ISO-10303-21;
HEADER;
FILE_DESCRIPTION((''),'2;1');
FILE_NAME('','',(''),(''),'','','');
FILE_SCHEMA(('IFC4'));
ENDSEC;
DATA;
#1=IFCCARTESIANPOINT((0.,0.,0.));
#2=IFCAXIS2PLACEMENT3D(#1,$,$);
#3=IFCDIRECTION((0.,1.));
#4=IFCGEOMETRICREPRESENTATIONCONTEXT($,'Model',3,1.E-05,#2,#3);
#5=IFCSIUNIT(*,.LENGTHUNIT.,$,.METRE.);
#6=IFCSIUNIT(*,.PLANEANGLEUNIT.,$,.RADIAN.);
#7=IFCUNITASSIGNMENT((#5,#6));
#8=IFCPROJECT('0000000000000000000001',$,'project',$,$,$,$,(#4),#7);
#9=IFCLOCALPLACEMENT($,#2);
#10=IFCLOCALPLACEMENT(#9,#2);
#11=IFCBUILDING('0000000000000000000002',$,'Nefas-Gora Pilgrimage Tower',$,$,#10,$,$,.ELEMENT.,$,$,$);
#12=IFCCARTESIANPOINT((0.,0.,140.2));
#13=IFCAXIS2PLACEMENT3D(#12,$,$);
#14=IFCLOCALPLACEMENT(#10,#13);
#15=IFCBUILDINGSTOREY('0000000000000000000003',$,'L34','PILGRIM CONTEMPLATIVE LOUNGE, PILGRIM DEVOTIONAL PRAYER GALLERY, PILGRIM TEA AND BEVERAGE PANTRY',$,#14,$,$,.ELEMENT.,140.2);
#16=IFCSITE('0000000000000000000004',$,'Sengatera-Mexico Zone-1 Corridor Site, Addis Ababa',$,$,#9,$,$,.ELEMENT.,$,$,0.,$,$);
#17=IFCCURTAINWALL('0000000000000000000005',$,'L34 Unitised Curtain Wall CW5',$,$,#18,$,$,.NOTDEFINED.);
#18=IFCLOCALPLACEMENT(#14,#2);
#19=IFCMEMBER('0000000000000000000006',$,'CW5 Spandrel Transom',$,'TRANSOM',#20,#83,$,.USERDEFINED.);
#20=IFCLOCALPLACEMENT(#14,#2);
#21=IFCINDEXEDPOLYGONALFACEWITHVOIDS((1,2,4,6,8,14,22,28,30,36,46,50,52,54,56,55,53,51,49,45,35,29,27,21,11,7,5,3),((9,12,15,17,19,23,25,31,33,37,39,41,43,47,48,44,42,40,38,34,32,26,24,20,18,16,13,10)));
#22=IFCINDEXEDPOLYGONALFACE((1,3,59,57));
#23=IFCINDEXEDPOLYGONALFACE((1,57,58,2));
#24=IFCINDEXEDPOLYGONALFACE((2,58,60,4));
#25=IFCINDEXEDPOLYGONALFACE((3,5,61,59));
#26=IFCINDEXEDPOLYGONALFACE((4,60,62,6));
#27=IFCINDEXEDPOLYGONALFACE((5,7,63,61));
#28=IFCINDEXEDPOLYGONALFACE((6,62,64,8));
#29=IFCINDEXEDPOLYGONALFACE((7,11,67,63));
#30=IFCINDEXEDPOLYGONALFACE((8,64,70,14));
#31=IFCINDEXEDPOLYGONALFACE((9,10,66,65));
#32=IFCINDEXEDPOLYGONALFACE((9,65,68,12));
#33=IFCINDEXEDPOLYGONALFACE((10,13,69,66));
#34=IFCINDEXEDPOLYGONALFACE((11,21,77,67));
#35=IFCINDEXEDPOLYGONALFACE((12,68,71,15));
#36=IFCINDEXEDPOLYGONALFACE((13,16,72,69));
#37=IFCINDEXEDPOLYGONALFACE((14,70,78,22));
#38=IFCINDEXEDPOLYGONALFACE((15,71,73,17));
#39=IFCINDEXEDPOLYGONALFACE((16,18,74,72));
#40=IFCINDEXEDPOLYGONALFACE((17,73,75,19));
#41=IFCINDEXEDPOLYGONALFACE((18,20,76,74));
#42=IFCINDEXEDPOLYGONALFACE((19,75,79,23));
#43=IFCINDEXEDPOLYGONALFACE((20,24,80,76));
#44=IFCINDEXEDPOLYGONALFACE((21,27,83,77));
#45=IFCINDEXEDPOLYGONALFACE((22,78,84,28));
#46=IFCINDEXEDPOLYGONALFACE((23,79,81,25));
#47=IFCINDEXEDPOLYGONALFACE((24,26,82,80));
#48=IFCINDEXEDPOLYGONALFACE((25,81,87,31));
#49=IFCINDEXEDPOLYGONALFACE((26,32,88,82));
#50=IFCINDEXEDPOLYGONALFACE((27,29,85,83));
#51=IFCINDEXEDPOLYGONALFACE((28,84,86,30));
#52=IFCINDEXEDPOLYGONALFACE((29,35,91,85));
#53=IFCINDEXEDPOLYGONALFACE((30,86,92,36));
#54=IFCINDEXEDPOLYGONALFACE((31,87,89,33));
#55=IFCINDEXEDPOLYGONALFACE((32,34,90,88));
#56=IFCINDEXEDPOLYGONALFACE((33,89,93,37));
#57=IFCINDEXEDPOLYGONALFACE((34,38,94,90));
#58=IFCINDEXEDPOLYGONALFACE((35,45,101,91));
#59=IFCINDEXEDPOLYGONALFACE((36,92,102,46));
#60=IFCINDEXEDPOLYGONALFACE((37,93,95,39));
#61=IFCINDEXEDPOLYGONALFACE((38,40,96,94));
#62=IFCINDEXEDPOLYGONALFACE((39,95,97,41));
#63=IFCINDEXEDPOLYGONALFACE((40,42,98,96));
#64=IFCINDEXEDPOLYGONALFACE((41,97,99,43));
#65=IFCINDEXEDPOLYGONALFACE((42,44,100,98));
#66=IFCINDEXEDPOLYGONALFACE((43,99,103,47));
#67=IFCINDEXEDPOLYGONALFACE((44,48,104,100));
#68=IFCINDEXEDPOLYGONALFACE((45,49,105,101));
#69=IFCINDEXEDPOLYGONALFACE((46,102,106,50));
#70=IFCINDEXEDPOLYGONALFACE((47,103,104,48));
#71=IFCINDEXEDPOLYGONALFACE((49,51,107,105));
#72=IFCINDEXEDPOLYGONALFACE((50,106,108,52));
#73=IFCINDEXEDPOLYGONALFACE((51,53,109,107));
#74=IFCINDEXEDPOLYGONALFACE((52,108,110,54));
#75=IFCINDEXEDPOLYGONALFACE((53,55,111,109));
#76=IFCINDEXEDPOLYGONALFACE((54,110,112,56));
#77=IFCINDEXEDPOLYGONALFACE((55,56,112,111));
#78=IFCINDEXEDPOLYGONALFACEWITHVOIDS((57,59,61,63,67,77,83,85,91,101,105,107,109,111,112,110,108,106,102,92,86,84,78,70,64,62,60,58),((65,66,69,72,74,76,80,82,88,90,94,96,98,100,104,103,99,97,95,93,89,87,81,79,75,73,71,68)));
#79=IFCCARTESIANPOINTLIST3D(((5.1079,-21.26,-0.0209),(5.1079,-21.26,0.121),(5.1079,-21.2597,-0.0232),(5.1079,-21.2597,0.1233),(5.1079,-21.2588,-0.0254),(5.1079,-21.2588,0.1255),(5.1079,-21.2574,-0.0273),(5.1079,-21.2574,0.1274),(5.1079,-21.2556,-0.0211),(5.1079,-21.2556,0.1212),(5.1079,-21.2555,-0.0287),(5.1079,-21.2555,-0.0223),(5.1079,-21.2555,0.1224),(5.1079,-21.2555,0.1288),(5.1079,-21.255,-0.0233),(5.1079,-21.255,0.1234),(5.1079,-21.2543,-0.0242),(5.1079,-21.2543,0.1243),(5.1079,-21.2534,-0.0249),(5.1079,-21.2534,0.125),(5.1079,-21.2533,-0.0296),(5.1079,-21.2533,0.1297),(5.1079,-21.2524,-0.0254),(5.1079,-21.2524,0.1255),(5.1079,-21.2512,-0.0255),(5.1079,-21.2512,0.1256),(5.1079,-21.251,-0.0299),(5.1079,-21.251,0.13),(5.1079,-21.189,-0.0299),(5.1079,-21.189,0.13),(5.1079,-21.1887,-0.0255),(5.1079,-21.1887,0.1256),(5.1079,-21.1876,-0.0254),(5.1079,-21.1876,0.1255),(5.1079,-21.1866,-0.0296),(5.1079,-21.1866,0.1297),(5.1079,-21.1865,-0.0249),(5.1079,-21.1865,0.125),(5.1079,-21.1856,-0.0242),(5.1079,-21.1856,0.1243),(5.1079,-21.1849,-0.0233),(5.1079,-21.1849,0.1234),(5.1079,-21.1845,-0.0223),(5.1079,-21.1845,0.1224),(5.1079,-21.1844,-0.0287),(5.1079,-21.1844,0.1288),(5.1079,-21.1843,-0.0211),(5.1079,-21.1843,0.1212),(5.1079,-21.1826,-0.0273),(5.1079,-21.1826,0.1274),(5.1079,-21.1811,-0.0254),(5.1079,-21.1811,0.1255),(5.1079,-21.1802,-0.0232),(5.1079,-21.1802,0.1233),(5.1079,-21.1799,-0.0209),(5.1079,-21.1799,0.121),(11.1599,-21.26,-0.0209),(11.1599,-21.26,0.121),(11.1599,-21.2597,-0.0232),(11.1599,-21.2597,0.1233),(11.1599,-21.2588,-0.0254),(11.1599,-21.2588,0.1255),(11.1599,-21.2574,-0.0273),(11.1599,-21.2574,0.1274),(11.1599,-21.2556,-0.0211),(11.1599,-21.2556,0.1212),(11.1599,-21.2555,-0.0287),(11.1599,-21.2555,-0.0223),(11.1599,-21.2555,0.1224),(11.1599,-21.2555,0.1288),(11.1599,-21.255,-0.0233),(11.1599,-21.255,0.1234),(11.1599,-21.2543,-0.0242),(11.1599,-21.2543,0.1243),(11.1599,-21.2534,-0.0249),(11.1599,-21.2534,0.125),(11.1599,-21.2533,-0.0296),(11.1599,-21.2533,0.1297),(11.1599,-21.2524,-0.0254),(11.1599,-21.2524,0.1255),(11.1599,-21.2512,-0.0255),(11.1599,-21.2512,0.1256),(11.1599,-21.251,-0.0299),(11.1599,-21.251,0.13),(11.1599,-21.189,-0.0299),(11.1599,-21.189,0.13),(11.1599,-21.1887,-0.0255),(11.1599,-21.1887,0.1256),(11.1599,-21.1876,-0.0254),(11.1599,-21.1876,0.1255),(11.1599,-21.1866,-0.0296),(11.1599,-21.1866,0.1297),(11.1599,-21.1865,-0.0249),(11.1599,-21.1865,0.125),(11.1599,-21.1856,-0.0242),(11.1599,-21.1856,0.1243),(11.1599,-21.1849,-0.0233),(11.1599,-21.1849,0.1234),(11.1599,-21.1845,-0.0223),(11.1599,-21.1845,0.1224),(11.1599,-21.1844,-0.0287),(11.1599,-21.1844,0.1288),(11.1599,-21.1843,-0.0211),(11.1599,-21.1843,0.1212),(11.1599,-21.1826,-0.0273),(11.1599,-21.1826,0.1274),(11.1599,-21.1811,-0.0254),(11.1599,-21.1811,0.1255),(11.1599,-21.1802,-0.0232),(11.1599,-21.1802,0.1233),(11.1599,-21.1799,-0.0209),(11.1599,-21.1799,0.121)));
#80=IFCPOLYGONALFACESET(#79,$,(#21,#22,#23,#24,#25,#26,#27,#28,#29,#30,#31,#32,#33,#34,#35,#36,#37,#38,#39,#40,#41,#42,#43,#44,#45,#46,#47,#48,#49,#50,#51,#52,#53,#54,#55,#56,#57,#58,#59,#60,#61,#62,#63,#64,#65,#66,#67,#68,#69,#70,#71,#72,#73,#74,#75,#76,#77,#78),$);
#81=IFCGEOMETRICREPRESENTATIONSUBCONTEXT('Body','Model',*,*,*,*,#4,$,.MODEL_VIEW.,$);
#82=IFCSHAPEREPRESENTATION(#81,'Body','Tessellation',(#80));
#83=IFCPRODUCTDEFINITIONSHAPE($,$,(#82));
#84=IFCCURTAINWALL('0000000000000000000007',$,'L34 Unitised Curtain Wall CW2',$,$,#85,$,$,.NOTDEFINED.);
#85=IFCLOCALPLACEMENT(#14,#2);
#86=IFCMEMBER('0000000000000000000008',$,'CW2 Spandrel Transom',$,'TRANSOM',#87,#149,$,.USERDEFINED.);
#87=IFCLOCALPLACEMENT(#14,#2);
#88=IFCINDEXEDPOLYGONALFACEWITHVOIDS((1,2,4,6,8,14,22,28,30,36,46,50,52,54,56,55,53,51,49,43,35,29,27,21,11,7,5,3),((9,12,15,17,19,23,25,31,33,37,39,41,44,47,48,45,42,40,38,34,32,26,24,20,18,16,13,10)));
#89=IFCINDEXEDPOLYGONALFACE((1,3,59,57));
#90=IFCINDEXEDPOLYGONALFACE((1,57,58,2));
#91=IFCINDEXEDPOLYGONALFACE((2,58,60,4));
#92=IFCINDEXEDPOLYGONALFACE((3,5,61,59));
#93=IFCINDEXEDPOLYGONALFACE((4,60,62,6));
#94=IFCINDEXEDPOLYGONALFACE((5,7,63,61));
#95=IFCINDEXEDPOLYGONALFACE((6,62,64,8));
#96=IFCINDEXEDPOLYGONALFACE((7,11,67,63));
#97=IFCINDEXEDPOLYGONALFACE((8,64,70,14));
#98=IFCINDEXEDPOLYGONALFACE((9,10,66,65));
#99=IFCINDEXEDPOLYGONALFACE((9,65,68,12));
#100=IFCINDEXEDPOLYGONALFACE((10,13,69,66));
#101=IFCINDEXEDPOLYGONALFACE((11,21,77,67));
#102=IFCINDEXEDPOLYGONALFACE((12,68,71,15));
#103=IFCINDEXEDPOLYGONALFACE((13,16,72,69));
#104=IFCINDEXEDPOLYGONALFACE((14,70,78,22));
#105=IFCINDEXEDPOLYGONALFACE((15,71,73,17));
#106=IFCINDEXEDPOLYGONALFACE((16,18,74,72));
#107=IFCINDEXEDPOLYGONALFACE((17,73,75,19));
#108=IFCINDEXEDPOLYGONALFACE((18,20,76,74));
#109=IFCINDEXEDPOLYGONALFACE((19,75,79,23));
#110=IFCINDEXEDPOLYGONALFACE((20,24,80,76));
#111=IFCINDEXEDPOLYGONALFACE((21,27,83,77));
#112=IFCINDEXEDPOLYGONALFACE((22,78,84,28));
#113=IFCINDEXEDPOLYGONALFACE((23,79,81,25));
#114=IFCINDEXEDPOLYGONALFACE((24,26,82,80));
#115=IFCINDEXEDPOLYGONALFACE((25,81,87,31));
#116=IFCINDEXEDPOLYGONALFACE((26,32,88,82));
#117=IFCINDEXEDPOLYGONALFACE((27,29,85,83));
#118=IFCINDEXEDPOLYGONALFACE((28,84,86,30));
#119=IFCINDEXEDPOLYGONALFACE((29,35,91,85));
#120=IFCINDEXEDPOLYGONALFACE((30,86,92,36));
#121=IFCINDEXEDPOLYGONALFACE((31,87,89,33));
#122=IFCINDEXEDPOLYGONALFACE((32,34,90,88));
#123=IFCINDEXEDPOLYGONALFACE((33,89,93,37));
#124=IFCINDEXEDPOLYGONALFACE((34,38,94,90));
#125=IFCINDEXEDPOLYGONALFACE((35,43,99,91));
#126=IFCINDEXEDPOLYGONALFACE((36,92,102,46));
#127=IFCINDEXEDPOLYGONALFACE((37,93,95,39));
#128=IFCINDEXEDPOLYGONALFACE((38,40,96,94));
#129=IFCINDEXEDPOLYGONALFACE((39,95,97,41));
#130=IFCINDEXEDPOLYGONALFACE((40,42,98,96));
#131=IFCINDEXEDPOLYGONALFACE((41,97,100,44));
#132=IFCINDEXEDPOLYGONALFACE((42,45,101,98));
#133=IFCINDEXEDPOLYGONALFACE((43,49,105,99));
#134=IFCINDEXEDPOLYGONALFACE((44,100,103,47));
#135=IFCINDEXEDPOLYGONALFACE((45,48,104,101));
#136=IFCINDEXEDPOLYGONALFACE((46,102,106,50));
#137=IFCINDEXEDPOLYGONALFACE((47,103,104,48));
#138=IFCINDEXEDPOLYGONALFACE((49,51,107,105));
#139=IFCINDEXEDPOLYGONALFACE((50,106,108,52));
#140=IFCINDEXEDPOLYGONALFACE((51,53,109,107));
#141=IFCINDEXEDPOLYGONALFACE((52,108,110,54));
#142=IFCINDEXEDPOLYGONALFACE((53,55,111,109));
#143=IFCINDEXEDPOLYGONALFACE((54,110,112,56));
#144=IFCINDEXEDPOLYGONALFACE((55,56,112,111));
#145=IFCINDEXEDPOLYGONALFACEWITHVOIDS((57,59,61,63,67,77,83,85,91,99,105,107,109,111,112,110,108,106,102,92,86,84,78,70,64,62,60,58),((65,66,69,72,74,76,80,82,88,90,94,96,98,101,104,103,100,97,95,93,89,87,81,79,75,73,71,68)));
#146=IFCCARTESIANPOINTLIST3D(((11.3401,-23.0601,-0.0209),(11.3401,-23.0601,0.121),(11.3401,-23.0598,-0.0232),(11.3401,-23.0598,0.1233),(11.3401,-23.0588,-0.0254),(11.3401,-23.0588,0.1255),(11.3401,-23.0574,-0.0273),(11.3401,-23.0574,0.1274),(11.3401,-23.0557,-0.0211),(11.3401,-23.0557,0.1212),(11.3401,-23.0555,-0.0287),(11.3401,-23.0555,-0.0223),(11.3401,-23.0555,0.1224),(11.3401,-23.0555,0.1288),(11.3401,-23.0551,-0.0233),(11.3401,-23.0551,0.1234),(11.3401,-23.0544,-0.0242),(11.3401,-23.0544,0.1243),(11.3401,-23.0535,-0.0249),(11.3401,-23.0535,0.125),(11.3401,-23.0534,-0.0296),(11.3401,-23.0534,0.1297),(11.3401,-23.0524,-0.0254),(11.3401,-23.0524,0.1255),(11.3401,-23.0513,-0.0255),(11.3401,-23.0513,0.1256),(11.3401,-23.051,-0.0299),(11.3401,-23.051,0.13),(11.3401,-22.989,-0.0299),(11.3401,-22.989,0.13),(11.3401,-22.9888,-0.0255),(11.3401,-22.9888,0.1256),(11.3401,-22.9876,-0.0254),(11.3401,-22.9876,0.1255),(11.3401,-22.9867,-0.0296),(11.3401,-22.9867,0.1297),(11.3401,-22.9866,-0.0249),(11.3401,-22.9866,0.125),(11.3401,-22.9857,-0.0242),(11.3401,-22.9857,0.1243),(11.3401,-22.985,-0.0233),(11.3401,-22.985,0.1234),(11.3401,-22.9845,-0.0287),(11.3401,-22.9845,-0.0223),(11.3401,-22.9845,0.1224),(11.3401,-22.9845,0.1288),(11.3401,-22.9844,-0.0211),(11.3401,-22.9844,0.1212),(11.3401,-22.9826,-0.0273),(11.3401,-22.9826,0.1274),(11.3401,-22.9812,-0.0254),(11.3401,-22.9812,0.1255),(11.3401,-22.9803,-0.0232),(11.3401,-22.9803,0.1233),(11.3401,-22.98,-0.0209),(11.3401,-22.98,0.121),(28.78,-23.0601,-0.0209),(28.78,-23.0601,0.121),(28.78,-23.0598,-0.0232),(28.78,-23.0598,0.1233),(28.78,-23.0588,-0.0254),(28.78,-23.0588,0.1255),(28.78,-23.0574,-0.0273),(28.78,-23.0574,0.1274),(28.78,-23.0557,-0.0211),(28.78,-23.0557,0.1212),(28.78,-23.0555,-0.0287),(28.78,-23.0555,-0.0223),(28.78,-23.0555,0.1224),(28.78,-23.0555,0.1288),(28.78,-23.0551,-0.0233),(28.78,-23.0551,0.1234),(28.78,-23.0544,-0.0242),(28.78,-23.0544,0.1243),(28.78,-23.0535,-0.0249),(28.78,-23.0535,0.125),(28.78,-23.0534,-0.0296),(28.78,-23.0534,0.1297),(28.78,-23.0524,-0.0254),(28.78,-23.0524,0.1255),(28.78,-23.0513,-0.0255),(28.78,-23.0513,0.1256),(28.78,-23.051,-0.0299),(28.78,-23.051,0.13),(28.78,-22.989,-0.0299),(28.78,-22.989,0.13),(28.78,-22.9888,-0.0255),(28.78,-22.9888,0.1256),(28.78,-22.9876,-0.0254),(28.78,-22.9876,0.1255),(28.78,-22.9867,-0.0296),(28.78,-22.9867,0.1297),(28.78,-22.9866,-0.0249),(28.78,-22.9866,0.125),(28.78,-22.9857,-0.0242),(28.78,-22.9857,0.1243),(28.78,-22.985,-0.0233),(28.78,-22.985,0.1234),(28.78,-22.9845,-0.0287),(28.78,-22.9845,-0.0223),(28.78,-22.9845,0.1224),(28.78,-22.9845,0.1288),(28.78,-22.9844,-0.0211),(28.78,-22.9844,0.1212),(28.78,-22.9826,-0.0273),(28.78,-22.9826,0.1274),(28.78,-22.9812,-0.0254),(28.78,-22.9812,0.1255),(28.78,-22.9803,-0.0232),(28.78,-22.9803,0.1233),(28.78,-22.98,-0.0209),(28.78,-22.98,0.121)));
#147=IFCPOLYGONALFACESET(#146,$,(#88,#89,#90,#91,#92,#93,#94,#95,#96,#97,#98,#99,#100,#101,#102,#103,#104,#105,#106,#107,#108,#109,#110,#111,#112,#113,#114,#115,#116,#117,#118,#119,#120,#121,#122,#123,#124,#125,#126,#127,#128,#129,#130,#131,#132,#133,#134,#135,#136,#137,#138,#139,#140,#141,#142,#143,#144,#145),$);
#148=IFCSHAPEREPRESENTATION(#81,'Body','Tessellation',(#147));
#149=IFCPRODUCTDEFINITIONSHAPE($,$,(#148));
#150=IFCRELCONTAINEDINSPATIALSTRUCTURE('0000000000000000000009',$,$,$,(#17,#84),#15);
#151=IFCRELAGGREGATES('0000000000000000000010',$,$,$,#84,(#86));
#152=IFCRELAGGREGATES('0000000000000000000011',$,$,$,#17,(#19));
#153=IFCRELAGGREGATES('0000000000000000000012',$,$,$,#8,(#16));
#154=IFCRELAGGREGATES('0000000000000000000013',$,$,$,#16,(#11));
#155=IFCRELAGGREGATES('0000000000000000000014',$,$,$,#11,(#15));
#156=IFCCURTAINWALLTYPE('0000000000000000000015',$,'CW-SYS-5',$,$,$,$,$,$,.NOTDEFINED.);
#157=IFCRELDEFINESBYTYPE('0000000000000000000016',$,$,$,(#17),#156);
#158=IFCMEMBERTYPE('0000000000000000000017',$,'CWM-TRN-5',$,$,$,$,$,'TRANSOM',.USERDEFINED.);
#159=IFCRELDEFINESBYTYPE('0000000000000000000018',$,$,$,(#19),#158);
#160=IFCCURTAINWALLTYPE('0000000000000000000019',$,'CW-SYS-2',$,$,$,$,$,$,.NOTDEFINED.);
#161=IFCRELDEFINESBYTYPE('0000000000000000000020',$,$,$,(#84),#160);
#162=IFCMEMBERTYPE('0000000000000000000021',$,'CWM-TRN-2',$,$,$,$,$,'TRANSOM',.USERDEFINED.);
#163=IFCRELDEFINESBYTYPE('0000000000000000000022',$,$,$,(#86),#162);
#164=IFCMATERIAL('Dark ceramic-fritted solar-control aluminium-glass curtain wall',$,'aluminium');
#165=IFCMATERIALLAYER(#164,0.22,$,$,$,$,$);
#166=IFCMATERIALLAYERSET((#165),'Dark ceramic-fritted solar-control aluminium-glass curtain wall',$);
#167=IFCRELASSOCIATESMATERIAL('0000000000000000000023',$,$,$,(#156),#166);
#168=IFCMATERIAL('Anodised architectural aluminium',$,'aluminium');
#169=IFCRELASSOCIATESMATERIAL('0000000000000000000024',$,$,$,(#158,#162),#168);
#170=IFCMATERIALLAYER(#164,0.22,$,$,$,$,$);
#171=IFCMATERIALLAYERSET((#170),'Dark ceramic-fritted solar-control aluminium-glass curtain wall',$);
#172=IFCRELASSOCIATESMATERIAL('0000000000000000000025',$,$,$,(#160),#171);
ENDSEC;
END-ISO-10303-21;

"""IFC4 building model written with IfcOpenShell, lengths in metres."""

from ifc_helpers import new_model, si_unit, direction, frame, origin, origin_2d, place, context, subcontext, project, spatial, hollow_rectangle, extrude, source, transform, mapped, material, layer, layer_set, material_profile, profile_set, type_object, element, aggregate, save


model = new_model("IFC4")

# Units and contexts
model_context = context("Model", 3, precision=1e-05, world=origin(), true_north=direction((0.0, 1.0)))
body_context = subcontext(model_context, "Body", "Model", "MODEL_VIEW")
ifc_project = project(units=[si_unit("LENGTHUNIT", "METRE"), si_unit("PLANEANGLEUNIT", "RADIAN")], contexts=[model_context])

# Site, building, storey
site_placement = place(None, origin())
site = spatial("IfcSite", under=ifc_project, at=site_placement, Name="Sengatera-Mexico Zone-1 Corridor Site, Addis Ababa", CompositionType="ELEMENT", RefElevation=0.0)
building_placement = place(site_placement, origin())
building = spatial("IfcBuilding", under=site, at=building_placement, Name="Nefas-Gora Pilgrimage Tower", CompositionType="ELEMENT")
storey_placement = place(building_placement, frame((0.0, 0.0, 140.2)))
storey = spatial("IfcBuildingStorey", under=building, at=storey_placement, Name="L34", Description="PILGRIM CONTEMPLATIVE LOUNGE, PILGRIM DEVOTIONAL PRAYER GALLERY, PILGRIM TEA AND BEVERAGE PANTRY", CompositionType="ELEMENT", Elevation=140.2)

# Curtain walls, members
ifc_material_1 = material(Name="Dark ceramic-fritted solar-control aluminium-glass curtain wall", Category="aluminium")
ifc_layer_1 = layer(ifc_material_1, 0.22)
ifc_layer_set_1 = layer_set([ifc_layer_1], Name="Dark ceramic-fritted solar-control aluminium-glass curtain wall")
curtain_wall_type_1 = type_object("IfcCurtainWallType", Name="CW-SYS-5", PredefinedType="NOTDEFINED", material=ifc_layer_set_1)
curtain_wall_1_placement = place(storey_placement, origin())
curtain_wall_1 = element("IfcCurtainWall", 1, at=curtain_wall_1_placement, inside=storey, type_object=curtain_wall_type_1, Name="L34 Unitised Curtain Wall CW5", PredefinedType="NOTDEFINED")
ifc_material_2 = material(Name="Anodised architectural aluminium", Category="aluminium")
ifc_material_profile_1 = material_profile(ifc_material_2, hollow_rectangle(XDim=0.0801, YDim=0.1599, WallThickness=0.0044, InnerFilletRadius=0.0044, OuterFilletRadius=0.009, at=origin_2d()), Name="ALU TRANSOM 80x160")
ifc_profile_set_1 = profile_set([ifc_material_profile_1], Name="Anodised architectural aluminium")
member_type_1 = type_object("IfcMemberType", Name="CWM-TRN-5", ElementType="TRANSOM", PredefinedType="USERDEFINED", material=ifc_profile_set_1)
shared_shape_1 = source(origin(), body_context, "Body", "SweptSolid", [
    extrude(hollow_rectangle(XDim=0.0801, YDim=0.1599, WallThickness=0.0044, InnerFilletRadius=0.0044, OuterFilletRadius=0.009, at=origin_2d()), origin(), (0.0, 0.0, 1.0), 6.052),
])
member_1_placement = place(storey_placement, frame((5.1079, -21.22, 0.05), z_axis=(1.0, 0.0, 0.0), x_axis=(0.0, 1.0, 0.0)))
member_1 = element("IfcMember", 2, at=member_1_placement, type_object=member_type_1, Name="CW5 Spandrel Transom", ObjectType="TRANSOM", PredefinedType="USERDEFINED", context=body_context, shape_type="MappedRepresentation", body=[
    mapped(shared_shape_1, transform((0.0, 0.0, 0.0), x_axis=(1.0, 0.0, 0.0), y_axis=(0.0, 1.0, 0.0), z_axis=(0.0, 0.0, 1.0), scale=1.0)),
])
ifc_layer_2 = layer(ifc_material_1, 0.22)
ifc_layer_set_2 = layer_set([ifc_layer_2], Name="Dark ceramic-fritted solar-control aluminium-glass curtain wall")
curtain_wall_type_2 = type_object("IfcCurtainWallType", Name="CW-SYS-2", PredefinedType="NOTDEFINED", material=ifc_layer_set_2)
curtain_wall_2_placement = place(storey_placement, origin())
curtain_wall_2 = element("IfcCurtainWall", 3, at=curtain_wall_2_placement, inside=storey, type_object=curtain_wall_type_2, Name="L34 Unitised Curtain Wall CW2", PredefinedType="NOTDEFINED")
ifc_material_profile_2 = material_profile(ifc_material_2, hollow_rectangle(XDim=0.0801, YDim=0.1599, WallThickness=0.0044, InnerFilletRadius=0.0044, OuterFilletRadius=0.009, at=origin_2d()), Name="ALU TRANSOM 80x160")
ifc_profile_set_2 = profile_set([ifc_material_profile_2], Name="Anodised architectural aluminium")
member_type_2 = type_object("IfcMemberType", Name="CWM-TRN-2", ElementType="TRANSOM", PredefinedType="USERDEFINED", material=ifc_profile_set_2)
shared_shape_2 = source(origin(), body_context, "Body", "SweptSolid", [
    extrude(hollow_rectangle(XDim=0.0801, YDim=0.1599, WallThickness=0.0044, InnerFilletRadius=0.0044, OuterFilletRadius=0.009, at=origin_2d()), origin(), (0.0, 0.0, 1.0), 17.4399),
])
member_2_placement = place(storey_placement, frame((11.3401, -23.02, 0.05), z_axis=(1.0, 0.0, 0.0), x_axis=(0.0, 1.0, 0.0)))
member_2 = element("IfcMember", 4, at=member_2_placement, type_object=member_type_2, Name="CW2 Spandrel Transom", ObjectType="TRANSOM", PredefinedType="USERDEFINED", context=body_context, shape_type="MappedRepresentation", body=[
    mapped(shared_shape_2, transform((0.0, 0.0, 0.0), x_axis=(1.0, 0.0, 0.0), y_axis=(0.0, 1.0, 0.0), z_axis=(0.0, 0.0, 1.0), scale=1.0)),
])

aggregate(curtain_wall_2, [member_2])

aggregate(curtain_wall_1, [member_1])

save(model, "model.ifc")
